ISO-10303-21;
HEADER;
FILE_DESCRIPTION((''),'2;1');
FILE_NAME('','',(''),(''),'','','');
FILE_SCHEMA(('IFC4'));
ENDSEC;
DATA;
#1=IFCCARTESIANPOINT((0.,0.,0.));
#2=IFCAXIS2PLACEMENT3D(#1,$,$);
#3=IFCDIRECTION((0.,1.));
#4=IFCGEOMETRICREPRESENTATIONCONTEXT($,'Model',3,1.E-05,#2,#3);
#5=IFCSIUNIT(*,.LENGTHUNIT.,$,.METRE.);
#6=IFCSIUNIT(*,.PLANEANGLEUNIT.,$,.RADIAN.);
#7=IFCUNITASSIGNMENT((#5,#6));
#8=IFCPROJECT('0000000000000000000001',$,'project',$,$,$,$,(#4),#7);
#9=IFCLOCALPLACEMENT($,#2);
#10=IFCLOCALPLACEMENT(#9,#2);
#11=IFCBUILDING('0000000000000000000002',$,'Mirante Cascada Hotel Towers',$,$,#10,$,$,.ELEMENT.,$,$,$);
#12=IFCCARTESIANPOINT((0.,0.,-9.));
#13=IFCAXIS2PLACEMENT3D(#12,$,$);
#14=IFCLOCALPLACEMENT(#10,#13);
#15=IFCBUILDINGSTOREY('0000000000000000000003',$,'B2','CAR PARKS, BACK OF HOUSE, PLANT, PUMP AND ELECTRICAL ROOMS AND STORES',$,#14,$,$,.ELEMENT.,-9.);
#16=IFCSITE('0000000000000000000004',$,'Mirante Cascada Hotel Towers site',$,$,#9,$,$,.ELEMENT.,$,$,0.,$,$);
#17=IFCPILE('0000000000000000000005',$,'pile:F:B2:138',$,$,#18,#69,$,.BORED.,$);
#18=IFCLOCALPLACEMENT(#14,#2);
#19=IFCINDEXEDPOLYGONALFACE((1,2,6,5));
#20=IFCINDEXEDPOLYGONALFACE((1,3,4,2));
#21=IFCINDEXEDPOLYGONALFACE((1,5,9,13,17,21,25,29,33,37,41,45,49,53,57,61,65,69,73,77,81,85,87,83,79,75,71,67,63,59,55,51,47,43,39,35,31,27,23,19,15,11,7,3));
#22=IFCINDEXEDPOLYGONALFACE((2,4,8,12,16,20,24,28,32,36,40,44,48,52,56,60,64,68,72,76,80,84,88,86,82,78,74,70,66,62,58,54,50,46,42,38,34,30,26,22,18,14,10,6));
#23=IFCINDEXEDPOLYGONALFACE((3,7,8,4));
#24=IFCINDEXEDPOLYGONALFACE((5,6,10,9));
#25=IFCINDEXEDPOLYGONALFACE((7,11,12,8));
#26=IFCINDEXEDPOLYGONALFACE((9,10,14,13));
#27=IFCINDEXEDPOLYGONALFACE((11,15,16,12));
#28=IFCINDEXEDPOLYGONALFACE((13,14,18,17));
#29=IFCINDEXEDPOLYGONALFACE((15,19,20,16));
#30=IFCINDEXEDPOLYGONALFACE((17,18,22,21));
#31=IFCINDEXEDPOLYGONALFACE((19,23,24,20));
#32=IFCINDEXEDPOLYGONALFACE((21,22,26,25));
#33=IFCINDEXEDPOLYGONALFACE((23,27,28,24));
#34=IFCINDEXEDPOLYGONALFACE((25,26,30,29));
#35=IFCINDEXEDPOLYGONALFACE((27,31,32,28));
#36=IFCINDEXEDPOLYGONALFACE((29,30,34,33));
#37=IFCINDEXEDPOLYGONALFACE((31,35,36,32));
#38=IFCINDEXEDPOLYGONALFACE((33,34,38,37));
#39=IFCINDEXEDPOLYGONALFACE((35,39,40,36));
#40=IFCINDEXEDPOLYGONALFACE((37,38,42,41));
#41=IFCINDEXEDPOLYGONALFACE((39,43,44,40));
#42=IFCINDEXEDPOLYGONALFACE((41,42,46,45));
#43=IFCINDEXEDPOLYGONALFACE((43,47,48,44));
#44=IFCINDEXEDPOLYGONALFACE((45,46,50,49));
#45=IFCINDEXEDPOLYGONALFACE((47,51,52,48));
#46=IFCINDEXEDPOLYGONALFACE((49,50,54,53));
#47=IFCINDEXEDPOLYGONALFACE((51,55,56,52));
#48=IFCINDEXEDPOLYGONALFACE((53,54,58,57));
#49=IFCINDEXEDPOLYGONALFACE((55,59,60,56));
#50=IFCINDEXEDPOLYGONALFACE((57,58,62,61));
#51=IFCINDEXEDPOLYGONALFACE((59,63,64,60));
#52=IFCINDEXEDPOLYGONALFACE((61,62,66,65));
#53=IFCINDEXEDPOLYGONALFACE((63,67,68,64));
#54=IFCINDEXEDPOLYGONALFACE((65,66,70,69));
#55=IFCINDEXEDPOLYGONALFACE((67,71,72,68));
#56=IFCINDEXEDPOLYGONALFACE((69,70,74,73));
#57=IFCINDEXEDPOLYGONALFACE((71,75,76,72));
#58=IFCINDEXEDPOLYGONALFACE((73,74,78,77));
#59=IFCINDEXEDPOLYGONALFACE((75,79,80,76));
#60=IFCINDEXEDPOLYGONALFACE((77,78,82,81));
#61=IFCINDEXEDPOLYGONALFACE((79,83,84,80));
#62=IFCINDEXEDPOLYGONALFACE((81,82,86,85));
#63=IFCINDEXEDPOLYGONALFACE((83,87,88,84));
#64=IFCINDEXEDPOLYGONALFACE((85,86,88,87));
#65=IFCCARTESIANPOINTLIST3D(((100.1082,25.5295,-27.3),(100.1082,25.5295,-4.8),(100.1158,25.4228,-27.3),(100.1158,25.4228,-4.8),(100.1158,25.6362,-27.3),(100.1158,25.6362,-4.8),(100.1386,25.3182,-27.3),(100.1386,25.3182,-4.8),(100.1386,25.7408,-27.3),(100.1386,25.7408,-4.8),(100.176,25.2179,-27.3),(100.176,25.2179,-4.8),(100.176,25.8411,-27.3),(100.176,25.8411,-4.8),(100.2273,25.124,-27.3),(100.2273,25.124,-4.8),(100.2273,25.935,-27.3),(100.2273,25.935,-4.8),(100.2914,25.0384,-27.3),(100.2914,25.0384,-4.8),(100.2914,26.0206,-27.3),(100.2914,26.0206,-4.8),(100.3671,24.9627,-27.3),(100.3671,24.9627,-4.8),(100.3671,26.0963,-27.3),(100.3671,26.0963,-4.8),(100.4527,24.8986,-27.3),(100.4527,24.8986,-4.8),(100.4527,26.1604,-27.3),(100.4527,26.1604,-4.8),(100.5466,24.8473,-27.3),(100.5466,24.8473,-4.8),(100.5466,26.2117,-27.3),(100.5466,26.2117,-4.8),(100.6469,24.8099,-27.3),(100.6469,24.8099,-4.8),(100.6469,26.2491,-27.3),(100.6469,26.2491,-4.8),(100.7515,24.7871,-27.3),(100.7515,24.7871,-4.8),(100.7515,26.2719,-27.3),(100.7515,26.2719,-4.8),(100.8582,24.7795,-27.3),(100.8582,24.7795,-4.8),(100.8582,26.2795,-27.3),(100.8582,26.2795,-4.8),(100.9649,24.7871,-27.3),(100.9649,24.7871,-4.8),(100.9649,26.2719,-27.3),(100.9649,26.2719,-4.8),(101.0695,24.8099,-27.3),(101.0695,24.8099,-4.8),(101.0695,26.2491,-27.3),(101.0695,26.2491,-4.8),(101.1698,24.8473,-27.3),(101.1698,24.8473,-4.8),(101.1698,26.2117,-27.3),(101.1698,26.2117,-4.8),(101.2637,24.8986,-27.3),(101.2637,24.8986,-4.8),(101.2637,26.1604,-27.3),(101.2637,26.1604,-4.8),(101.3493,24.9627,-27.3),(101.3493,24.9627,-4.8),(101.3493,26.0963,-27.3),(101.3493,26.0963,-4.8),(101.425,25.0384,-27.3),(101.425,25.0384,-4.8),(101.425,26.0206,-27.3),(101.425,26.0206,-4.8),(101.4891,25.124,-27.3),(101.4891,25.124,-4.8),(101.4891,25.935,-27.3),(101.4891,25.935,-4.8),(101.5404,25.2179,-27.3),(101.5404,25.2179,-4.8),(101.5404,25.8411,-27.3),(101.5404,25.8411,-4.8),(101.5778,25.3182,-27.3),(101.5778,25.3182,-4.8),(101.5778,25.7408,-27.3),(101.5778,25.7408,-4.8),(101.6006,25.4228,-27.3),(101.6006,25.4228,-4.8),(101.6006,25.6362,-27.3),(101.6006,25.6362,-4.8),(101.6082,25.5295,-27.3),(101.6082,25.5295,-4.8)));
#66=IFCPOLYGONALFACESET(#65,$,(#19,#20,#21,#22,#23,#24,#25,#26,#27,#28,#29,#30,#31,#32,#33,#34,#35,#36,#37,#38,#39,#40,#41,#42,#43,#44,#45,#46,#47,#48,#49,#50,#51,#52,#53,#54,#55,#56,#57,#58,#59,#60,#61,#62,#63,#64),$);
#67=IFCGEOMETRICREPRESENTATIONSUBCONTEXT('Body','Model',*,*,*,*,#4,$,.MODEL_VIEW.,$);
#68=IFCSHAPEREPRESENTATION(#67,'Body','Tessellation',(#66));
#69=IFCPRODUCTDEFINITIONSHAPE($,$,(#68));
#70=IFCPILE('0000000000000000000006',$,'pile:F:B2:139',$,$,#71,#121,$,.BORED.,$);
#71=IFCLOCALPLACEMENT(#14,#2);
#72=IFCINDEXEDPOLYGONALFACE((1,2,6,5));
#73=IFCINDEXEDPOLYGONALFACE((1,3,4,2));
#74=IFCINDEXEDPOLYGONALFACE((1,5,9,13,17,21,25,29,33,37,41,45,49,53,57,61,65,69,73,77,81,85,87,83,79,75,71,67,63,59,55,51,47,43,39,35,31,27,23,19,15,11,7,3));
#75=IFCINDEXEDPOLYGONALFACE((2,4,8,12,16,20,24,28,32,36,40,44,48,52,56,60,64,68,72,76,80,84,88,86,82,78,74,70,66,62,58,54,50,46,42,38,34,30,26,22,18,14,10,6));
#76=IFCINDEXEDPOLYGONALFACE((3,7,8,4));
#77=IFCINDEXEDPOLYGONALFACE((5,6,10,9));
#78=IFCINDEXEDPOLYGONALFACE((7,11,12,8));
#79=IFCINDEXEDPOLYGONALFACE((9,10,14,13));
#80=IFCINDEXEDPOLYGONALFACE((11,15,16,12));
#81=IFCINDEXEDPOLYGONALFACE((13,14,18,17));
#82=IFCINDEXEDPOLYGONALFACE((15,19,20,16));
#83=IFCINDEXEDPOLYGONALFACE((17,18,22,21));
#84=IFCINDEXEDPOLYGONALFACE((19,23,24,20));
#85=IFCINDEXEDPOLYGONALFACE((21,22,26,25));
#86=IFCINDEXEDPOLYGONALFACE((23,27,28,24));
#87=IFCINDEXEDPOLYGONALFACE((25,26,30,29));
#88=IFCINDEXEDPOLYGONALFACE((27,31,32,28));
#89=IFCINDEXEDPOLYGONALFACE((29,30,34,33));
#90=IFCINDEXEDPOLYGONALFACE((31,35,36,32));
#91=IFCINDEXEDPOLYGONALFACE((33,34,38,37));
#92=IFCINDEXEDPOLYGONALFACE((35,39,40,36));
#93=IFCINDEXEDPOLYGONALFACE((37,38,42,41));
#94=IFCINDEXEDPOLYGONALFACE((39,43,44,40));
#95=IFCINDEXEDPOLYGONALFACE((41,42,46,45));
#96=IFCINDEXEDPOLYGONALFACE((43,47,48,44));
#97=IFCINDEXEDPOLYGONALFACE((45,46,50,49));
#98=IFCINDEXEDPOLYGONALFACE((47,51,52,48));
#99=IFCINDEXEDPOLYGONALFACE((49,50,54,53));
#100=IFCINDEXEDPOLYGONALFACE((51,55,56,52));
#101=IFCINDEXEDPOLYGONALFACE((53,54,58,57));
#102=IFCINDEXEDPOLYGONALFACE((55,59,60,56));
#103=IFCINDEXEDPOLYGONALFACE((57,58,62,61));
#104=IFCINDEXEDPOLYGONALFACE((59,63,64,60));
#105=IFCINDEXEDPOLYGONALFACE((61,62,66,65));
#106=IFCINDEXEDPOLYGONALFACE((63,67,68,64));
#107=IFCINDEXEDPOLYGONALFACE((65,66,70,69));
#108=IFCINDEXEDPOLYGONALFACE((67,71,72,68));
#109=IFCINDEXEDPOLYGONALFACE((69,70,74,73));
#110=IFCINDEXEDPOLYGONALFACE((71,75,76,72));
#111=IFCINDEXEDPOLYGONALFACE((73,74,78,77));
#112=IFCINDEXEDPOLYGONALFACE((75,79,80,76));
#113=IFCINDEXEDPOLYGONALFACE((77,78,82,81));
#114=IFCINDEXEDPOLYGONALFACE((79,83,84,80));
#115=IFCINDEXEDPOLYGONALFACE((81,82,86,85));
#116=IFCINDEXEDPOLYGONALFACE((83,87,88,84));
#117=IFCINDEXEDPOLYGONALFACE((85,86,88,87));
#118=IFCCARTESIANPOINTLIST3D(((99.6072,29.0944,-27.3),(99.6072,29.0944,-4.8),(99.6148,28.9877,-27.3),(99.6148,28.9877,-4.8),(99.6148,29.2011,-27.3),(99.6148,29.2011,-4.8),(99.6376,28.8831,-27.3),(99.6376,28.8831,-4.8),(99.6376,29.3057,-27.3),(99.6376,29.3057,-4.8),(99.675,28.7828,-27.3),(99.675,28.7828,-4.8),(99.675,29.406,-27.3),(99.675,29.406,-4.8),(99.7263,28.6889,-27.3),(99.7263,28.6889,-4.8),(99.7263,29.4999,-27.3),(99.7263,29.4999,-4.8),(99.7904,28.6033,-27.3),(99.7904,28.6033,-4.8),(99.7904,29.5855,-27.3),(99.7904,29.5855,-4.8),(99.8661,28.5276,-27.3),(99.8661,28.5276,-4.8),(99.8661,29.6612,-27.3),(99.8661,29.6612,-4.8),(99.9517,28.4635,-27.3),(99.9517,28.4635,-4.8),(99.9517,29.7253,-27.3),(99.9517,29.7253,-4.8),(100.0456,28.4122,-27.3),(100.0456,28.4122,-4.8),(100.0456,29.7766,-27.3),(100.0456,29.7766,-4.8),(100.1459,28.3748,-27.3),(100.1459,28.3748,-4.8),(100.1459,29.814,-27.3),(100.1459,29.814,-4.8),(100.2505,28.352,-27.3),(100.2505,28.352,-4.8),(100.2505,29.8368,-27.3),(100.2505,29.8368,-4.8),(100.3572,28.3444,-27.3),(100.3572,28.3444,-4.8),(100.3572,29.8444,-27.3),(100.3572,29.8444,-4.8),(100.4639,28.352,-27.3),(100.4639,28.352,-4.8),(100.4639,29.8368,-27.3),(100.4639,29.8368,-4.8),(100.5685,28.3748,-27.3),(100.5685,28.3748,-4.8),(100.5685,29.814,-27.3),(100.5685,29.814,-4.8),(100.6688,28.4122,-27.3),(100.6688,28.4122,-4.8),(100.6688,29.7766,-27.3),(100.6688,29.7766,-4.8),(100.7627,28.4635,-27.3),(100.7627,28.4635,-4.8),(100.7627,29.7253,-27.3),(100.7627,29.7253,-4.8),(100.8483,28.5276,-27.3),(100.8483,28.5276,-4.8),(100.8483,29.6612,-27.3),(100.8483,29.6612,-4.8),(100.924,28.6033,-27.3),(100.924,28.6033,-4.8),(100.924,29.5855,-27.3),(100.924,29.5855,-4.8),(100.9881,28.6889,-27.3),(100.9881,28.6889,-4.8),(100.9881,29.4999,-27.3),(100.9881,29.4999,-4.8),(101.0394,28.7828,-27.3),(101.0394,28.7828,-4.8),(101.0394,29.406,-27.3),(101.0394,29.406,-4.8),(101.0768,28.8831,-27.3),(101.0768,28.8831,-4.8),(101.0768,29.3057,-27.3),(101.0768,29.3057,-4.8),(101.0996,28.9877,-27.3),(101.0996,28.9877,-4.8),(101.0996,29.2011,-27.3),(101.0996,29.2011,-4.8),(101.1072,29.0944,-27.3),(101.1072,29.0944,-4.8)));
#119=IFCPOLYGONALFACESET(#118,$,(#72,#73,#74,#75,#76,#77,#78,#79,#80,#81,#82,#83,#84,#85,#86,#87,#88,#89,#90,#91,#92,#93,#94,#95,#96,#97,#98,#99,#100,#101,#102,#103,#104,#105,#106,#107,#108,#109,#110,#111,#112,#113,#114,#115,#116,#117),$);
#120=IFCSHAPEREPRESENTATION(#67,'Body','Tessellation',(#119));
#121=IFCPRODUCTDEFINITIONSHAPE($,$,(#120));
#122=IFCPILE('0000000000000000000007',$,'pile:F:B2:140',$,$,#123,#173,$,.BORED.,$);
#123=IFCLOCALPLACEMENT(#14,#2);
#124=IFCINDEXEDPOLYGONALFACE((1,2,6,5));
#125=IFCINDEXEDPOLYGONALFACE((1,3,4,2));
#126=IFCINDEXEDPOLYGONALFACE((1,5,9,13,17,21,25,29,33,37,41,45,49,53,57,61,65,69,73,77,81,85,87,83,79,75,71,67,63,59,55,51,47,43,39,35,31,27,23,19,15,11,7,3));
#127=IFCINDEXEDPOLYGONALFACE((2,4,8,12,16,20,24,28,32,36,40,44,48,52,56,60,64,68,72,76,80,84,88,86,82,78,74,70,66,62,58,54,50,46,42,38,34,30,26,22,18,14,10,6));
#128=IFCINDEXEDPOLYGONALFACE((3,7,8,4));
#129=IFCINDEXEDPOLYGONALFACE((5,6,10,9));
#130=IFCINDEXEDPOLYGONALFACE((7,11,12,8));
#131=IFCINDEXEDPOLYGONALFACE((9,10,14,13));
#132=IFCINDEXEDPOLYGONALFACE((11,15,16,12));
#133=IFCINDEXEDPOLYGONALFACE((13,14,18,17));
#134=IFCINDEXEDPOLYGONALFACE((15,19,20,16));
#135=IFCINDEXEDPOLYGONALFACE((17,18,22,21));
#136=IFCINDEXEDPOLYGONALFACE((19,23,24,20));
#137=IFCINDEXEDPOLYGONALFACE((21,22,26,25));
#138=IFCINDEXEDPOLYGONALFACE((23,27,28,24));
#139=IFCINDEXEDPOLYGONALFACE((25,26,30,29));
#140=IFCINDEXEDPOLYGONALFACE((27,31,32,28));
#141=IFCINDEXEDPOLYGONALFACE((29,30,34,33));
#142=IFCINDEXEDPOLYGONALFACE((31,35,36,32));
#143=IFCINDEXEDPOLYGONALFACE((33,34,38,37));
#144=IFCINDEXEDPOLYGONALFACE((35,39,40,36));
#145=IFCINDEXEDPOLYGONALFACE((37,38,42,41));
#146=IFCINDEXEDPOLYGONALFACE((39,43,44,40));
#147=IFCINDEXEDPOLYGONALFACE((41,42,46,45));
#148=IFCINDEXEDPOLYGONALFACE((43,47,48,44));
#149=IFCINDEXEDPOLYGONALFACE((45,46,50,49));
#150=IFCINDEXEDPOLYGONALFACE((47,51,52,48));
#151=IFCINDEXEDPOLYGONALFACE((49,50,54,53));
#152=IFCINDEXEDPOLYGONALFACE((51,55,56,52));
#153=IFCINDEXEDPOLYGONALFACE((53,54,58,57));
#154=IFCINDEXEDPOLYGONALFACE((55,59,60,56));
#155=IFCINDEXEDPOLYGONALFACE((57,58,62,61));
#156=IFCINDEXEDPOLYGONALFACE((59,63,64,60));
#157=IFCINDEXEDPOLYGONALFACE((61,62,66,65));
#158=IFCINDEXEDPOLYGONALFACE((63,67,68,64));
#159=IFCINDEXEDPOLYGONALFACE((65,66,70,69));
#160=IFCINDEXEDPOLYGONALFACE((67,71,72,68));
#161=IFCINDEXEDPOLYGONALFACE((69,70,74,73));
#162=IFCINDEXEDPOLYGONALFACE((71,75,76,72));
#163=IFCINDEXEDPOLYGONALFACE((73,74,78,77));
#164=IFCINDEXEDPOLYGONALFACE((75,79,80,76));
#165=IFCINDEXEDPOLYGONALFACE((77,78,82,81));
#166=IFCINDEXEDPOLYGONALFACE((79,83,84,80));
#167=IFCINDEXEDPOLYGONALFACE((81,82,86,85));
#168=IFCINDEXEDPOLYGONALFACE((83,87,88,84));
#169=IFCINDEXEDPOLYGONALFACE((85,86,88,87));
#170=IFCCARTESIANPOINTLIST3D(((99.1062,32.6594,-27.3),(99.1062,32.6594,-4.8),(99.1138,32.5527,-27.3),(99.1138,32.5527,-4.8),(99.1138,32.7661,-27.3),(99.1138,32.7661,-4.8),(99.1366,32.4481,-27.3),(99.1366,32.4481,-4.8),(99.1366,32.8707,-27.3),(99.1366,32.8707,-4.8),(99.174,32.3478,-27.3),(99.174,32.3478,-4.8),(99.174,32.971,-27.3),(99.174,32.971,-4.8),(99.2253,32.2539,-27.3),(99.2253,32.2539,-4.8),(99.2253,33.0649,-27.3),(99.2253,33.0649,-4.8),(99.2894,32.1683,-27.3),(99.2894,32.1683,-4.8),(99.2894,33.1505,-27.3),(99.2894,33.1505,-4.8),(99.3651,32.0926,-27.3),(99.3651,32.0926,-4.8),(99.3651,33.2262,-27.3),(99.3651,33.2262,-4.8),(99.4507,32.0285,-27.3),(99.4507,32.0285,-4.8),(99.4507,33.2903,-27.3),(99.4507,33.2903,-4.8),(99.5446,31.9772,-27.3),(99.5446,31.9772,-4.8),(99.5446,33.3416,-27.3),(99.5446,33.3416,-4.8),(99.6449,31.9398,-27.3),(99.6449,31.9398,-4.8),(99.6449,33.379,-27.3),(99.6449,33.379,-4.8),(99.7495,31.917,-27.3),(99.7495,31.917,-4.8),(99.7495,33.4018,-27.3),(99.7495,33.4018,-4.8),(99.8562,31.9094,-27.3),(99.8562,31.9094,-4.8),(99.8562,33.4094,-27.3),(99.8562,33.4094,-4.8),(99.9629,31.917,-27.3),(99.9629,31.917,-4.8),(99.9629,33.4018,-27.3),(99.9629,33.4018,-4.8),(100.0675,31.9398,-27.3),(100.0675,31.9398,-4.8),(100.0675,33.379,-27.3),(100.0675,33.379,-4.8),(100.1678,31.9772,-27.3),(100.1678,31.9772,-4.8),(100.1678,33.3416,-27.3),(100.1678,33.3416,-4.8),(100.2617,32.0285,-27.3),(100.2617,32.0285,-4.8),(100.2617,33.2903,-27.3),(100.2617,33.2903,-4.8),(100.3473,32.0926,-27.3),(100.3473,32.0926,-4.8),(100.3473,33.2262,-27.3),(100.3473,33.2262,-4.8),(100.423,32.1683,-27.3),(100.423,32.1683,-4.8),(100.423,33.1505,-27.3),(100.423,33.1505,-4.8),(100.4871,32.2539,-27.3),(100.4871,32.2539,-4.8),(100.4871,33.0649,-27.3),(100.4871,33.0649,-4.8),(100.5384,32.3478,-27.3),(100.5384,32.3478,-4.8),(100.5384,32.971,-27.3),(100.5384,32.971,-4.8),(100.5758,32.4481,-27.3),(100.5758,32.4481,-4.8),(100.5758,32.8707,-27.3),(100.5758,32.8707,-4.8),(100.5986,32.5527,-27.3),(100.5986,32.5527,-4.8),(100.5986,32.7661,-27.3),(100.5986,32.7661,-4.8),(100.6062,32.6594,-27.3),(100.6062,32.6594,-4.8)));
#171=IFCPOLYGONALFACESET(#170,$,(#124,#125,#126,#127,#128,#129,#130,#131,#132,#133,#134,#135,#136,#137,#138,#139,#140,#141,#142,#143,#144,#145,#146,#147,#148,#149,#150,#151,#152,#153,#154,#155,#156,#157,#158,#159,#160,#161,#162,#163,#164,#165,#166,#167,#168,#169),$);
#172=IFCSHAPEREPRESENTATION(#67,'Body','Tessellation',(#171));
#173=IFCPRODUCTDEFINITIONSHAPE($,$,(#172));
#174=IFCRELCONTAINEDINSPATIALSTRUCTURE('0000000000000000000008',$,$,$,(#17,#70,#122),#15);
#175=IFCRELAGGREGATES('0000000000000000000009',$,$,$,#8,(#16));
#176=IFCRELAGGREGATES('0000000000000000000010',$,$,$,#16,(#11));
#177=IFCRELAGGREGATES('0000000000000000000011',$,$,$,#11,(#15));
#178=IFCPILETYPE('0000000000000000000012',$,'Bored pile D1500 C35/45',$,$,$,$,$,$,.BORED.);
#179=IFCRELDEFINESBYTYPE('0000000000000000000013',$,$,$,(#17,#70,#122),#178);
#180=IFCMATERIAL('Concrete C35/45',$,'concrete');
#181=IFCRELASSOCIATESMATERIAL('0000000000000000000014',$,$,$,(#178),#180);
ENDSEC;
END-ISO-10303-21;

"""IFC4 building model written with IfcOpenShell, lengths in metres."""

from ifc_helpers import new_model, si_unit, direction, frame, origin, origin_2d, place, context, subcontext, project, spatial, circle, extrude, material, material_profile, profile_set, type_object, element, save


model = new_model("IFC4")

# Units and contexts
model_context = context("Model", 3, precision=1e-05, world=origin(), true_north=direction((0.0, 1.0)))
body_context = subcontext(model_context, "Body", "Model", "MODEL_VIEW")
ifc_project = project(units=[si_unit("LENGTHUNIT", "METRE"), si_unit("PLANEANGLEUNIT", "RADIAN")], contexts=[model_context])

# Site, building, storey
site_placement = place(None, origin())
site = spatial("IfcSite", under=ifc_project, at=site_placement, Name="Mirante Cascada Hotel Towers site", CompositionType="ELEMENT", RefElevation=0.0)
building_placement = place(site_placement, origin())
building = spatial("IfcBuilding", under=site, at=building_placement, Name="Mirante Cascada Hotel Towers", CompositionType="ELEMENT")
storey_placement = place(building_placement, frame((0.0, 0.0, -9.0)))
storey = spatial("IfcBuildingStorey", under=building, at=storey_placement, Name="B2", Description="CAR PARKS, BACK OF HOUSE, PLANT, PUMP AND ELECTRICAL ROOMS AND STORES", CompositionType="ELEMENT", Elevation=-9.0)

# Piles
ifc_material_1 = material(Name="Concrete C35/45", Category="concrete")
ifc_material_profile_1 = material_profile(ifc_material_1, circle(Radius=0.75, at=origin_2d()), Name="RC D1500")
ifc_profile_set_1 = profile_set([ifc_material_profile_1], Name="Concrete C35/45")
pile_type = type_object("IfcPileType", Name="Bored pile D1500 C35/45", PredefinedType="BORED", material=ifc_profile_set_1)
for number, where, z_axis, x_axis, name in (
    (1, (100.8582, 25.5295, -4.8), (0.0, 0.0, -1.0), (1.0, 0.0, 0.0), "pile:F:B2:138"),
    (2, (100.3572, 29.0944, -4.8), (0.0, 0.0, -1.0), (1.0, 0.0, 0.0), "pile:F:B2:139"),
    (3, (99.8562, 32.6594, -4.8), (0.0, 0.0, -1.0), (1.0, 0.0, 0.0), "pile:F:B2:140"),
):
    element("IfcPile", number, at=place(storey_placement, frame(where, z_axis=z_axis, x_axis=x_axis)), inside=storey, type_object=pile_type, Name=name, PredefinedType="BORED", context=body_context, shape_type="SweptSolid", body=[
        extrude(circle(Radius=0.75, at=origin_2d()), origin(), (0.0, 0.0, 1.0), 22.5),
    ])

save(model, "model.ifc")
